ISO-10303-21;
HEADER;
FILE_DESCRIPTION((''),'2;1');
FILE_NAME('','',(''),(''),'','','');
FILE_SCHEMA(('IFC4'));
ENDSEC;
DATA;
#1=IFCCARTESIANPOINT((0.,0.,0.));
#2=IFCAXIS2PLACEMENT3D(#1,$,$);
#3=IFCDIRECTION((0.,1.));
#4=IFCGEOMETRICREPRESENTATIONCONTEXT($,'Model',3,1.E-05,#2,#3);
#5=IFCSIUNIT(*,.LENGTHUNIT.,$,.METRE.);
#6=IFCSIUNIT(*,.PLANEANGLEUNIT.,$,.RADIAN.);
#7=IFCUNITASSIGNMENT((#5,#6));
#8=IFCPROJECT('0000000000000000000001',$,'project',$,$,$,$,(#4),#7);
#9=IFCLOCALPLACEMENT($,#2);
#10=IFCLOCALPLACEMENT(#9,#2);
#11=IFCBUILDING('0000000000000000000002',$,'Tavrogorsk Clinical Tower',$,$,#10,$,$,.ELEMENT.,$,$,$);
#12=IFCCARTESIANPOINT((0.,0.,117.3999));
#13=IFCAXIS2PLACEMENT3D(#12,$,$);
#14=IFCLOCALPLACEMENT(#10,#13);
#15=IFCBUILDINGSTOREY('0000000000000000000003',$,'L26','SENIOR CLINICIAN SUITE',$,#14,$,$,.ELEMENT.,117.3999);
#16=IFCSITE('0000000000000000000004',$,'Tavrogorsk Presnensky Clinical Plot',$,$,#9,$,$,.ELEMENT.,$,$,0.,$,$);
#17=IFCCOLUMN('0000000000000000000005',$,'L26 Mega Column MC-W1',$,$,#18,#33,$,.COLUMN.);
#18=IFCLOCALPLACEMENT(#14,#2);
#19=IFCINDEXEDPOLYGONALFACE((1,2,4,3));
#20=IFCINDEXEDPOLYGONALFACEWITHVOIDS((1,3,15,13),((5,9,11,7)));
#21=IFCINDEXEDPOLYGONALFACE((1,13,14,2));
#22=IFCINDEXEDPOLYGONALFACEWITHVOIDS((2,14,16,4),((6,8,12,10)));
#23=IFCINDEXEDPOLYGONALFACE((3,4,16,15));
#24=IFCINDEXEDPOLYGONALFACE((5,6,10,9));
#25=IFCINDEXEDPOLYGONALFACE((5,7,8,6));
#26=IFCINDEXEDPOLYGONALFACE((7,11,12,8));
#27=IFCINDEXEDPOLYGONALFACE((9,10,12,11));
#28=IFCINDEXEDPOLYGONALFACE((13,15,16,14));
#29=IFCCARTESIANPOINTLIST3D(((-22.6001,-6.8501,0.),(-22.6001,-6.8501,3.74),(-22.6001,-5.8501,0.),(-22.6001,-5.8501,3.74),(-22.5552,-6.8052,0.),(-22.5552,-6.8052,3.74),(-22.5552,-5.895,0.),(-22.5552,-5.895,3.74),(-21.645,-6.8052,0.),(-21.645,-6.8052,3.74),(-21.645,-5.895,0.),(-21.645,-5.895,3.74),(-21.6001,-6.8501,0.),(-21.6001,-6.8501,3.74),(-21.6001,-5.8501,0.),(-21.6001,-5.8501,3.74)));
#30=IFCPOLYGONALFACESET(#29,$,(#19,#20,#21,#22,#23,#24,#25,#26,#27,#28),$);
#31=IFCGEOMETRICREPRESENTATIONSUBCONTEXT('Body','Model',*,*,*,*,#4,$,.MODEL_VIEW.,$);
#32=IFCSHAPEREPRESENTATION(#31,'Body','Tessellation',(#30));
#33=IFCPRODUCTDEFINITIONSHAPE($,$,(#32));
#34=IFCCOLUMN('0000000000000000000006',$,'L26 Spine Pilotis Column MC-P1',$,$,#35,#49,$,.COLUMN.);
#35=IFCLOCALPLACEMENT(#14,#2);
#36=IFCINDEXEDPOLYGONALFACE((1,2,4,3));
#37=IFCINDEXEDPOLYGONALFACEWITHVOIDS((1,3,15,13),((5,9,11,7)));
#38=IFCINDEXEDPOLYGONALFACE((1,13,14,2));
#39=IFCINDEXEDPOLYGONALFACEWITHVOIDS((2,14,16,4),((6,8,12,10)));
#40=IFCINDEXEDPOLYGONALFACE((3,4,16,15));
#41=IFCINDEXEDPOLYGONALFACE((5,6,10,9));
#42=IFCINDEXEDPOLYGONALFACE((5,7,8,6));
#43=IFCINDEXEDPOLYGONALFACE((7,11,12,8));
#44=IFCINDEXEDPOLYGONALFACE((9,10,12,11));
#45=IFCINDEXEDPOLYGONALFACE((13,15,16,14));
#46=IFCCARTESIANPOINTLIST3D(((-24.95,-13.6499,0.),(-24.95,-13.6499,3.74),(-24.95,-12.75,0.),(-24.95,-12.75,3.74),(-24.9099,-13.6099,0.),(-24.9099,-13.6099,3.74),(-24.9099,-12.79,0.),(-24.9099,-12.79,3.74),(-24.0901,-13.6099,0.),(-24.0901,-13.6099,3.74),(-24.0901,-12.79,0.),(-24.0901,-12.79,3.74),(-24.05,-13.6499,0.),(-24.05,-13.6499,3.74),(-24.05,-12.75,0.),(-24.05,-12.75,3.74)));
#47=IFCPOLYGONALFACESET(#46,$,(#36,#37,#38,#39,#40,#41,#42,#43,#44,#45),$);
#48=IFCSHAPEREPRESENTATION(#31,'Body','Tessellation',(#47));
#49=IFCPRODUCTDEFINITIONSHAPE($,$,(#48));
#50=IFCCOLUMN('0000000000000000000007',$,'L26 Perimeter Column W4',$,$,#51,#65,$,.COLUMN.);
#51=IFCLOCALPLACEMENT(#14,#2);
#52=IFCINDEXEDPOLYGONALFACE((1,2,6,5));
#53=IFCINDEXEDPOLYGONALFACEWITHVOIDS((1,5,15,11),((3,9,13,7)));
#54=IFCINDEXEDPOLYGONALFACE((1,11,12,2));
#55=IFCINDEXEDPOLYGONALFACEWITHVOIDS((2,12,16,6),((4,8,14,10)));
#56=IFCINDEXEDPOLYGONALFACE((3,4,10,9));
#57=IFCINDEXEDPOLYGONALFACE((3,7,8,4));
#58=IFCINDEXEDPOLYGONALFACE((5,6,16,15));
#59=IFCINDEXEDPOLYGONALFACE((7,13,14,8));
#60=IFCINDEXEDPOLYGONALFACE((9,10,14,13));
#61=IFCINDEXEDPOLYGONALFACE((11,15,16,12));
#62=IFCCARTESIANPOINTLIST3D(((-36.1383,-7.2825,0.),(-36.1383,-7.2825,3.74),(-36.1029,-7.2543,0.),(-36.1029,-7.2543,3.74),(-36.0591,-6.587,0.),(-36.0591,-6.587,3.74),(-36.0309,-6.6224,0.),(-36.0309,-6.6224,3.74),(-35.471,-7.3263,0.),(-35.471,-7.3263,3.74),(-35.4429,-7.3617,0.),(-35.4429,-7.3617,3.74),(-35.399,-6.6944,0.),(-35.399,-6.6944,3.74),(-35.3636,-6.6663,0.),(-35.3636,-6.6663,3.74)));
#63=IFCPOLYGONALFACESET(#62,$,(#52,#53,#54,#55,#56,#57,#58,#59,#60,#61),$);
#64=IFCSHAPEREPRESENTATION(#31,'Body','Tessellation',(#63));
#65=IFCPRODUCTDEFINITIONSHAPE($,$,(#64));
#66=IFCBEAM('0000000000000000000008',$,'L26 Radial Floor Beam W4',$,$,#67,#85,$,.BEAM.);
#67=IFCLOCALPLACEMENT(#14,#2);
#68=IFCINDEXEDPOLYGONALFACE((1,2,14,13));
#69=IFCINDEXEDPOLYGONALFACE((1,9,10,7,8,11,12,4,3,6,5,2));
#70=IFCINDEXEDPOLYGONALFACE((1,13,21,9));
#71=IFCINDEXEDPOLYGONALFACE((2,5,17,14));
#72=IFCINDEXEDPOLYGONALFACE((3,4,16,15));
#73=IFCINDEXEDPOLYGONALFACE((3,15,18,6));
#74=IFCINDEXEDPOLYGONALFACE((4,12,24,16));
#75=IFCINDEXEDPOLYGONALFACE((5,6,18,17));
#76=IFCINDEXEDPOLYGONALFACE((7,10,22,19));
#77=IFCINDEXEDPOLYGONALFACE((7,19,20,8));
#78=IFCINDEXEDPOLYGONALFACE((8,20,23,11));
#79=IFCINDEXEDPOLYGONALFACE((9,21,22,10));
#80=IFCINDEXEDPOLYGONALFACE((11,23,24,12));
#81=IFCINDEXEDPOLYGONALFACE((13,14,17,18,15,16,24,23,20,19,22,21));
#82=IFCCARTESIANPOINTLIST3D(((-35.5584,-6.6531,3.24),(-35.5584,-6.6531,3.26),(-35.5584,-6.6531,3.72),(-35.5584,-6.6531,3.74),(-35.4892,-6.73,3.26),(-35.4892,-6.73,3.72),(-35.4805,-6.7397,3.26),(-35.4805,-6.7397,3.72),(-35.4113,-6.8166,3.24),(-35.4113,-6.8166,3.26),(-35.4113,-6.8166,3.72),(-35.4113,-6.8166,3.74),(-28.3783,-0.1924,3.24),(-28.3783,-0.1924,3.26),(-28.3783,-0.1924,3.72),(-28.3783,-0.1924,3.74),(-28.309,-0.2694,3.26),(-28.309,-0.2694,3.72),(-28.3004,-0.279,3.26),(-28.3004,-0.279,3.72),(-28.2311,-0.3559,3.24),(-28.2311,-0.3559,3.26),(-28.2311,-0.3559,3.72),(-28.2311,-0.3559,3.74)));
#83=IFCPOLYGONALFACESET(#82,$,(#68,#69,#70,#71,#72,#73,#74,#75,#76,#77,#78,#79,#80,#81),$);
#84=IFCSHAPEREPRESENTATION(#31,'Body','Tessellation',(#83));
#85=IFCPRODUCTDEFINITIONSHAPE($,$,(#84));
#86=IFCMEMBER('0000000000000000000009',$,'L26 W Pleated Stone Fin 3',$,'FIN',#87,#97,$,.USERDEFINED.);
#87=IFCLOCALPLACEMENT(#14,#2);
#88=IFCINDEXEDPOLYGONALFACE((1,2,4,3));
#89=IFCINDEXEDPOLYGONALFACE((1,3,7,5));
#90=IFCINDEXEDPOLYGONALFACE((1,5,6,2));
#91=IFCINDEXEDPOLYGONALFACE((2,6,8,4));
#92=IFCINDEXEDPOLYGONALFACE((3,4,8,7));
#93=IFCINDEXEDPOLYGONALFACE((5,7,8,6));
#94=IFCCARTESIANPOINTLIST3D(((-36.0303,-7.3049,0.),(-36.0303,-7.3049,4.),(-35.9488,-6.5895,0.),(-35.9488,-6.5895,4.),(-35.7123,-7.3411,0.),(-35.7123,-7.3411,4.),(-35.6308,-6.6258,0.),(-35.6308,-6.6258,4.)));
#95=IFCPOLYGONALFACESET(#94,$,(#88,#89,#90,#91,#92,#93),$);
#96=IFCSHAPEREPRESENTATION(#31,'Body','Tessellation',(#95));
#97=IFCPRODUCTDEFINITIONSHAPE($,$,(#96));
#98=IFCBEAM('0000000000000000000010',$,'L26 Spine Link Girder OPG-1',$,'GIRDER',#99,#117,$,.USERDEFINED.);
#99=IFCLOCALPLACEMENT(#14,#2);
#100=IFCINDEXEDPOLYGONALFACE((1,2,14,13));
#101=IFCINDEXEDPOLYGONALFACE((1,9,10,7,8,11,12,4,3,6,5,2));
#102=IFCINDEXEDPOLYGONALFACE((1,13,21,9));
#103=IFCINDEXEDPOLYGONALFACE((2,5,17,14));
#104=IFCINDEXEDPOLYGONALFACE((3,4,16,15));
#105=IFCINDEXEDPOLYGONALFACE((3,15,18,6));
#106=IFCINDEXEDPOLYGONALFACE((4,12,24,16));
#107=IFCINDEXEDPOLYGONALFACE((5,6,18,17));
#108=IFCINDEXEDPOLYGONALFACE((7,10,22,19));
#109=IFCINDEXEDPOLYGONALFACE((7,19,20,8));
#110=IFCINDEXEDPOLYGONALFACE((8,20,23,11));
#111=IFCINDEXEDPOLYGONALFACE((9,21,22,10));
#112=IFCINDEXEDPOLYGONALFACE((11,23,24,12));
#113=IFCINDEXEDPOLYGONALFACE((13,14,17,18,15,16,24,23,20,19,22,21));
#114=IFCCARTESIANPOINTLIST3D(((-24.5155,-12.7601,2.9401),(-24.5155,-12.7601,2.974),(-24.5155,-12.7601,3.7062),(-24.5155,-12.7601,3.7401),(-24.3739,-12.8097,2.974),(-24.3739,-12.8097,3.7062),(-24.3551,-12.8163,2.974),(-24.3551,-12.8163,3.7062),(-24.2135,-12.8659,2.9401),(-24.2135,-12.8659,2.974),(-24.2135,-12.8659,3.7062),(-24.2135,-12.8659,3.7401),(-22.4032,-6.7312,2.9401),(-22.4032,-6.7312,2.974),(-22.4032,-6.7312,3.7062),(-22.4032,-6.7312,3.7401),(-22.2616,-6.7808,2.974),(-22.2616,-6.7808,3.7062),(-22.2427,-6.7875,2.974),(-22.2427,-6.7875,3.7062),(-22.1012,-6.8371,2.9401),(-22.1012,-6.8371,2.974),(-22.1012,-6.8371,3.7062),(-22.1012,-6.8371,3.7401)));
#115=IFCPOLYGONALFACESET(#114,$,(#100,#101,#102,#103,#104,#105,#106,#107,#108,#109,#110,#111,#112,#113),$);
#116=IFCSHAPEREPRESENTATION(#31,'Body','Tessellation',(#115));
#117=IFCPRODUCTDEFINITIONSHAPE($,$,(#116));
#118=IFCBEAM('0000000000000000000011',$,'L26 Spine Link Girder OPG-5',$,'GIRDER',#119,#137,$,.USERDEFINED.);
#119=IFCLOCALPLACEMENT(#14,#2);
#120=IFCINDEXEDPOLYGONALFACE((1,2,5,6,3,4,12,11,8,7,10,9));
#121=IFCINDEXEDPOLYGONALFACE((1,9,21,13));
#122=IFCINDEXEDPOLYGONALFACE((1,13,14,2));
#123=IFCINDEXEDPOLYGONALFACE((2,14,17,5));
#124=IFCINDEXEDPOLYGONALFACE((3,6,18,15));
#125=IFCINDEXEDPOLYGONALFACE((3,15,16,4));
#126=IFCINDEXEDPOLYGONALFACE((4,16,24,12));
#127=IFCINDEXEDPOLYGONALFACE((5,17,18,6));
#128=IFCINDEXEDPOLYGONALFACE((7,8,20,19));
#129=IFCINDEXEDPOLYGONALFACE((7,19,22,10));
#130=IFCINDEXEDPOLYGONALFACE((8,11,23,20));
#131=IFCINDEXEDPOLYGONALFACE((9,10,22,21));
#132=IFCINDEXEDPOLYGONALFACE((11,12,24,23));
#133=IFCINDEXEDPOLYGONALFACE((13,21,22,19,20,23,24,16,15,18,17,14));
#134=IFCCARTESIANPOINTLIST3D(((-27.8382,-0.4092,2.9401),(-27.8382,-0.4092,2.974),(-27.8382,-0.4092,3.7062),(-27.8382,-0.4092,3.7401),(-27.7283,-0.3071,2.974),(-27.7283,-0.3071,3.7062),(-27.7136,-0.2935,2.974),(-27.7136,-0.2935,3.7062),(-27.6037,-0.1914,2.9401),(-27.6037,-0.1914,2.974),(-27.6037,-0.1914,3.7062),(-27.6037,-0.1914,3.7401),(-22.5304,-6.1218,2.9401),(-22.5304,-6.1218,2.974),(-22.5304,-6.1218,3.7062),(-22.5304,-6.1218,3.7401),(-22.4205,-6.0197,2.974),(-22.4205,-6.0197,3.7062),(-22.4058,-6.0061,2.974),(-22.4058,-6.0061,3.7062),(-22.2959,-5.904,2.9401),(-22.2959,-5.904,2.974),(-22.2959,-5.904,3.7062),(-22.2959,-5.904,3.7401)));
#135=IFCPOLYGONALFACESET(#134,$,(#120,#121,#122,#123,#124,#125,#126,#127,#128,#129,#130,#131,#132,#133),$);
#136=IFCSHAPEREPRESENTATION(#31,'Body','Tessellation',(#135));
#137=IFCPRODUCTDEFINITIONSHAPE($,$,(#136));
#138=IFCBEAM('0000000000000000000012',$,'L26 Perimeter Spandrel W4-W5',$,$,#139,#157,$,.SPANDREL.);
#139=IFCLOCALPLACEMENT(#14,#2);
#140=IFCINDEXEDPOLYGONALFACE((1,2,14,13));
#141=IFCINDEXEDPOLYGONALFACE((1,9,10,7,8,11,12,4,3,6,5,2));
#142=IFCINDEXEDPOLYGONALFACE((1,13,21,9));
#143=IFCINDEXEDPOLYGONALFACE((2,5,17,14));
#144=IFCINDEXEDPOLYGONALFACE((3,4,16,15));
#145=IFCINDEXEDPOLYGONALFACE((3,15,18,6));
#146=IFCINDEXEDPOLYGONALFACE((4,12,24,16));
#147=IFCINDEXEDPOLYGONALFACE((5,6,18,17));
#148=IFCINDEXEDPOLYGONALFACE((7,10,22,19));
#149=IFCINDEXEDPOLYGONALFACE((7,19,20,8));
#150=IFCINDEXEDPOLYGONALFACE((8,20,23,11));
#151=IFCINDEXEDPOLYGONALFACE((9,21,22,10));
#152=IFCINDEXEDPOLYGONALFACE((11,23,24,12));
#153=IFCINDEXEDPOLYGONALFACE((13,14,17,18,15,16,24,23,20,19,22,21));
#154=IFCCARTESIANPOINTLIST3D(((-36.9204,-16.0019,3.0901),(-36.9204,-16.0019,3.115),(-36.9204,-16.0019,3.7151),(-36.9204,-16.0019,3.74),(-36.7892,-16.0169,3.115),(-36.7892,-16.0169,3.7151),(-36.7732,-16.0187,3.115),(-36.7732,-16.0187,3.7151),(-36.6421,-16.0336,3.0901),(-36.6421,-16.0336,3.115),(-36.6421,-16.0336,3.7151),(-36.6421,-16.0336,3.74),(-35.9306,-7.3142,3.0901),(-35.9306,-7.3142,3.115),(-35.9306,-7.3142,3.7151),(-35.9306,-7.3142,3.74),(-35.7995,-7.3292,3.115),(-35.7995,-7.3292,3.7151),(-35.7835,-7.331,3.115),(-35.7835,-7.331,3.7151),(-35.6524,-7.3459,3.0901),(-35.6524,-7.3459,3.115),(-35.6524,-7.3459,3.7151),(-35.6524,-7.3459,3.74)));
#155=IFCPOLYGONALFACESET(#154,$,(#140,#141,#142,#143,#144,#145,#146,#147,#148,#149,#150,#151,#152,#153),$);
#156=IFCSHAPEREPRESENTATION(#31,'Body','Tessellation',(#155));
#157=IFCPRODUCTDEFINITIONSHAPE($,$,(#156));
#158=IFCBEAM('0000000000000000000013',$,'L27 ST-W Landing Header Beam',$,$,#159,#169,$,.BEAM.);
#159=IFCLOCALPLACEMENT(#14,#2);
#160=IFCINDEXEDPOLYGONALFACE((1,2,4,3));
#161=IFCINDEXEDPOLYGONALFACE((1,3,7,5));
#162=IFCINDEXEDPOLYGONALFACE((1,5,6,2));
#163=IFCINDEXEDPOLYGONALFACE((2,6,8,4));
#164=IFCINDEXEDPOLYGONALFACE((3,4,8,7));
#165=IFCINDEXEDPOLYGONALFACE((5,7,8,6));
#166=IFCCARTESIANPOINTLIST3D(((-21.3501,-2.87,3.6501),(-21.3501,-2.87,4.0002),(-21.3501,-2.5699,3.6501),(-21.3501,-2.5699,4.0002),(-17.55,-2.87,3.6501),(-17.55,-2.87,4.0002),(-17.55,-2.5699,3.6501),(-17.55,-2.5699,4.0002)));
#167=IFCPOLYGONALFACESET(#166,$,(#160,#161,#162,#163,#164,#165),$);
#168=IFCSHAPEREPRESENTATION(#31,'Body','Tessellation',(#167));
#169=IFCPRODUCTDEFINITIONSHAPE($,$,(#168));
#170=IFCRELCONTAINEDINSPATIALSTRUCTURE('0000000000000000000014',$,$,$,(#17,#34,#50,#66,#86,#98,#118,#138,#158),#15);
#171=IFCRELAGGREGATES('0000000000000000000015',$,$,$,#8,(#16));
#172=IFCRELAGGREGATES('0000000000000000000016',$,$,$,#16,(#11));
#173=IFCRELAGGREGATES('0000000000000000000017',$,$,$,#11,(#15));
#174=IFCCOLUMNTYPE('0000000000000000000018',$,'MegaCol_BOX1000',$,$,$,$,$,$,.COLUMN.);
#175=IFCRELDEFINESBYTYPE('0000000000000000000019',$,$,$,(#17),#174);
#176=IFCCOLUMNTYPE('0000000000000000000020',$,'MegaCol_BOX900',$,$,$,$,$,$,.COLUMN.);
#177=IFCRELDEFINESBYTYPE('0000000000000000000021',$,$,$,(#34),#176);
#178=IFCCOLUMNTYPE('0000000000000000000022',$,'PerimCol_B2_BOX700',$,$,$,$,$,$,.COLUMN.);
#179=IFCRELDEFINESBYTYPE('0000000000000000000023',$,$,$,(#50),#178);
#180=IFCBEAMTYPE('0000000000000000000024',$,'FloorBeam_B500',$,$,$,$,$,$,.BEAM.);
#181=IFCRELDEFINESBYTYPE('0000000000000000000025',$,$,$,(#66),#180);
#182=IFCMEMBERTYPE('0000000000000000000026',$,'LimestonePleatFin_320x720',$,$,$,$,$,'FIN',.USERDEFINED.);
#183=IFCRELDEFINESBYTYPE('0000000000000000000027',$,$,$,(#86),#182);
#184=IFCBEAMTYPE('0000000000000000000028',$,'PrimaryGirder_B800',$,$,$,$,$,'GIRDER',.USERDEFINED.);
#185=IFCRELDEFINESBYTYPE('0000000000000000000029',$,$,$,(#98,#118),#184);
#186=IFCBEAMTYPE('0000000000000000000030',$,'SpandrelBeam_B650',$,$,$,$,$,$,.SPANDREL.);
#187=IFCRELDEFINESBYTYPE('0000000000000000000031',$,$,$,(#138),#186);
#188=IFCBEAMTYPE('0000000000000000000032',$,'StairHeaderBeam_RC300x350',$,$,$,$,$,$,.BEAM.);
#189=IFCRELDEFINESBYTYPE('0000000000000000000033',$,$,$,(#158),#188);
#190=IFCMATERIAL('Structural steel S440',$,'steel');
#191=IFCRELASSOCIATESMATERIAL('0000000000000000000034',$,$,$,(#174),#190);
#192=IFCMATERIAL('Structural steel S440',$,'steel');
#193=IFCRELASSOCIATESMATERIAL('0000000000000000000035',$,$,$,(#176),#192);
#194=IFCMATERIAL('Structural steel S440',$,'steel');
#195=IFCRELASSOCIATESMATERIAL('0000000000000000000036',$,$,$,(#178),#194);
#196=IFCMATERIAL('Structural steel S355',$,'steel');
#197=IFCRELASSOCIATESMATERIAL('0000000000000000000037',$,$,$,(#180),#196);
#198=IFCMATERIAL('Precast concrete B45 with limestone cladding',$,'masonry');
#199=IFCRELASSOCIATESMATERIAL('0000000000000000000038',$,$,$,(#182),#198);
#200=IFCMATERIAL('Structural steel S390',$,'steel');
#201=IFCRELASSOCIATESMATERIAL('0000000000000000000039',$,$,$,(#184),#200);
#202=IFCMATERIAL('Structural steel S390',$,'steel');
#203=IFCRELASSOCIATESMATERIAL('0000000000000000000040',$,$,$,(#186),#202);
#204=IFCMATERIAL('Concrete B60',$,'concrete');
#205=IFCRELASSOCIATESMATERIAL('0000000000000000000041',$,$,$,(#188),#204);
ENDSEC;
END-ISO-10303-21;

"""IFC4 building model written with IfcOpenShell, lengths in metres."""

from ifc_helpers import new_model, si_unit, direction, frame, origin, origin_2d, place, context, subcontext, project, spatial, rectangle, hollow_rectangle, i_section, extrude, material, material_profile, profile_set, type_object, element, save


model = new_model("IFC4")

# Units and contexts
model_context = context("Model", 3, precision=1e-05, world=origin(), true_north=direction((0.0, 1.0)))
body_context = subcontext(model_context, "Body", "Model", "MODEL_VIEW")
ifc_project = project(units=[si_unit("LENGTHUNIT", "METRE"), si_unit("PLANEANGLEUNIT", "RADIAN")], contexts=[model_context])

# Site, building, storey
site_placement = place(None, origin())
site = spatial("IfcSite", under=ifc_project, at=site_placement, Name="Tavrogorsk Presnensky Clinical Plot", CompositionType="ELEMENT", RefElevation=0.0)
building_placement = place(site_placement, origin())
building = spatial("IfcBuilding", under=site, at=building_placement, Name="Tavrogorsk Clinical Tower", CompositionType="ELEMENT")
storey_placement = place(building_placement, frame((0.0, 0.0, 117.3999)))
storey = spatial("IfcBuildingStorey", under=building, at=storey_placement, Name="L26", Description="SENIOR CLINICIAN SUITE", CompositionType="ELEMENT", Elevation=117.3999)

# Columns
ifc_material_1 = material(Name="Structural steel S440", Category="steel")
ifc_material_profile_1 = material_profile(ifc_material_1, hollow_rectangle(XDim=1.0, YDim=1.0, WallThickness=0.0449, at=origin_2d()), Name="BOX-1000x1000x45")
ifc_profile_set_1 = profile_set([ifc_material_profile_1], Name="Structural steel S440")
column_type_1 = type_object("IfcColumnType", Name="MegaCol_BOX1000", PredefinedType="COLUMN", material=ifc_profile_set_1)
column_1_placement = place(storey_placement, frame((-22.1001, -6.3501, 0.0), z_axis=(0.0, 0.0, 1.0), x_axis=(1.0, 0.0, 0.0)))
element("IfcColumn", 1, at=column_1_placement, inside=storey, type_object=column_type_1, Name="L26 Mega Column MC-W1", PredefinedType="COLUMN", context=body_context, shape_type="SweptSolid", body=[
    extrude(hollow_rectangle(XDim=1.0, YDim=1.0, WallThickness=0.0449, at=origin_2d()), origin(), (0.0, 0.0, 1.0), 3.74),
])
ifc_material_2 = material(Name="Structural steel S440", Category="steel")
ifc_material_profile_2 = material_profile(ifc_material_2, hollow_rectangle(XDim=0.8999, YDim=0.8999, WallThickness=0.04, at=origin_2d()), Name="BOX-900x900x40")
ifc_profile_set_2 = profile_set([ifc_material_profile_2], Name="Structural steel S440")
column_type_2 = type_object("IfcColumnType", Name="MegaCol_BOX900", PredefinedType="COLUMN", material=ifc_profile_set_2)
column_2_placement = place(storey_placement, frame((-24.5, -13.2, 0.0), z_axis=(0.0, 0.0, 1.0), x_axis=(1.0, 0.0, 0.0)))
element("IfcColumn", 2, at=column_2_placement, inside=storey, type_object=column_type_2, Name="L26 Spine Pilotis Column MC-P1", PredefinedType="COLUMN", context=body_context, shape_type="SweptSolid", body=[
    extrude(hollow_rectangle(XDim=0.8999, YDim=0.8999, WallThickness=0.04, at=origin_2d()), origin(), (0.0, 0.0, 1.0), 3.74),
])
ifc_material_3 = material(Name="Structural steel S440", Category="steel")
ifc_material_profile_3 = material_profile(ifc_material_3, hollow_rectangle(XDim=0.7, YDim=0.7, WallThickness=0.032, at=origin_2d()), Name="BOX-700x700x32")
ifc_profile_set_3 = profile_set([ifc_material_profile_3], Name="Structural steel S440")
column_type_3 = type_object("IfcColumnType", Name="PerimCol_B2_BOX700", PredefinedType="COLUMN", material=ifc_profile_set_3)
column_3_placement = place(storey_placement, frame((-35.751, -6.9744, 0.0), z_axis=(0.0, 0.0, 1.0), x_axis=(0.993572, -0.113203, 0.0)))
element("IfcColumn", 3, at=column_3_placement, inside=storey, type_object=column_type_3, Name="L26 Perimeter Column W4", PredefinedType="COLUMN", context=body_context, shape_type="SweptSolid", body=[
    extrude(hollow_rectangle(XDim=0.7, YDim=0.7, WallThickness=0.032, at=origin_2d()), origin(), (0.0, 0.0, 1.0), 3.74),
])

# Beam
ifc_material_4 = material(Name="Structural steel S355", Category="steel")
ifc_material_profile_4 = material_profile(ifc_material_4, i_section(OverallWidth=0.22, OverallDepth=0.5, WebThickness=0.0129, FlangeThickness=0.02, at=origin_2d()), Name="B-500x220x13x20")
ifc_profile_set_4 = profile_set([ifc_material_profile_4], Name="Structural steel S355")
beam_type_1 = type_object("IfcBeamType", Name="FloorBeam_B500", PredefinedType="BEAM", material=ifc_profile_set_4)
beam_1_placement = place(storey_placement, frame((-28.3047, -0.2742, 3.49), z_axis=(-0.74337, -0.668881, 0.0), x_axis=(0.668881, -0.74337, 0.0)))
element("IfcBeam", 4, at=beam_1_placement, inside=storey, type_object=beam_type_1, Name="L26 Radial Floor Beam W4", PredefinedType="BEAM", context=body_context, shape_type="SweptSolid", body=[
    extrude(i_section(OverallWidth=0.22, OverallDepth=0.5, WebThickness=0.0129, FlangeThickness=0.02, at=origin_2d()), origin(), (0.0, 0.0, 1.0), 9.6589),
])

# Member
ifc_material_5 = material(Name="Precast concrete B45 with limestone cladding", Category="masonry")
ifc_material_profile_5 = material_profile(ifc_material_5, rectangle(XDim=0.3201, YDim=0.72, at=origin_2d()), Name="LIMESTONE-FIN-320x720")
ifc_profile_set_5 = profile_set([ifc_material_profile_5], Name="Precast concrete B45 with limestone cladding")
member_type = type_object("IfcMemberType", Name="LimestonePleatFin_320x720", ElementType="FIN", PredefinedType="USERDEFINED", material=ifc_profile_set_5)
member_placement = place(storey_placement, frame((-35.8306, -6.9653, 0.0), z_axis=(0.0, 0.0, 1.0), x_axis=(0.993572, -0.113203, 0.0)))
element("IfcMember", 5, at=member_placement, inside=storey, type_object=member_type, Name="L26 W Pleated Stone Fin 3", ObjectType="FIN", PredefinedType="USERDEFINED", context=body_context, shape_type="SweptSolid", body=[
    extrude(rectangle(XDim=0.3201, YDim=0.72, at=origin_2d()), origin(), (0.0, 0.0, 1.0), 4.0),
])

# Beams
ifc_material_6 = material(Name="Structural steel S390", Category="steel")
ifc_material_profile_6 = material_profile(ifc_material_6, i_section(OverallWidth=0.3201, OverallDepth=0.8, WebThickness=0.02, FlangeThickness=0.0339, at=origin_2d()), Name="B-800x320x20x34")
ifc_profile_set_6 = profile_set([ifc_material_profile_6], Name="Structural steel S390")
beam_type_2 = type_object("IfcBeamType", Name="PrimaryGirder_B800", ElementType="GIRDER", PredefinedType="USERDEFINED", material=ifc_profile_set_6)
beam_2_placement = place(storey_placement, frame((-24.3645, -12.813, 3.3401), z_axis=(0.33066, 0.94375, 0.0), x_axis=(-0.94375, 0.33066, 0.0)))
element("IfcBeam", 6, at=beam_2_placement, inside=storey, type_object=beam_type_2, Name="L26 Spine Link Girder OPG-1", ObjectType="GIRDER", PredefinedType="USERDEFINED", context=body_context, shape_type="SweptSolid", body=[
    extrude(i_section(OverallWidth=0.3201, OverallDepth=0.8, WebThickness=0.02, FlangeThickness=0.0339, at=origin_2d()), origin(), (0.0, 0.0, 1.0), 6.3882),
])
beam_3_placement = place(storey_placement, frame((-27.7209, -0.3003, 3.3401), z_axis=(0.680676, -0.732585, 0.0), x_axis=(0.732585, 0.680676, 0.0)))
element("IfcBeam", 7, at=beam_3_placement, inside=storey, type_object=beam_type_2, Name="L26 Spine Link Girder OPG-5", ObjectType="GIRDER", PredefinedType="USERDEFINED", context=body_context, shape_type="SweptSolid", body=[
    extrude(i_section(OverallWidth=0.3201, OverallDepth=0.8, WebThickness=0.02, FlangeThickness=0.0339, at=origin_2d()), origin(), (0.0, 0.0, 1.0), 7.7979),
])
ifc_material_7 = material(Name="Structural steel S390", Category="steel")
ifc_material_profile_7 = material_profile(ifc_material_7, i_section(OverallWidth=0.28, OverallDepth=0.6499, WebThickness=0.0161, FlangeThickness=0.0249, at=origin_2d()), Name="B-650x280x16x25")
ifc_profile_set_7 = profile_set([ifc_material_profile_7], Name="Structural steel S390")
beam_type_3 = type_object("IfcBeamType", Name="SpandrelBeam_B650", PredefinedType="SPANDREL", material=ifc_profile_set_7)
beam_4_placement = place(storey_placement, frame((-35.7915, -7.3301, 3.415), z_axis=(-0.113192, -0.993573, 0.0), x_axis=(0.993573, -0.113192, 0.0)))
element("IfcBeam", 8, at=beam_4_placement, inside=storey, type_object=beam_type_3, Name="L26 Perimeter Spandrel W4-W5", PredefinedType="SPANDREL", context=body_context, shape_type="SweptSolid", body=[
    extrude(i_section(OverallWidth=0.28, OverallDepth=0.6499, WebThickness=0.0161, FlangeThickness=0.0249, at=origin_2d()), origin(), (0.0, 0.0, 1.0), 8.7439),
])
ifc_material_8 = material(Name="Concrete B60", Category="concrete")
ifc_material_profile_8 = material_profile(ifc_material_8, rectangle(XDim=0.3, YDim=0.3501, at=origin_2d()), Name="RC-SHB-300x350")
ifc_profile_set_8 = profile_set([ifc_material_profile_8], Name="Concrete B60")
beam_type_4 = type_object("IfcBeamType", Name="StairHeaderBeam_RC300x350", PredefinedType="BEAM", material=ifc_profile_set_8)
beam_5_placement = place(storey_placement, frame((-21.3501, -2.72, 3.8252), z_axis=(1.0, 0.0, 0.0), x_axis=(0.0, 1.0, 0.0)))
element("IfcBeam", 9, at=beam_5_placement, inside=storey, type_object=beam_type_4, Name="L27 ST-W Landing Header Beam", PredefinedType="BEAM", context=body_context, shape_type="SweptSolid", body=[
    extrude(rectangle(XDim=0.3, YDim=0.3501, at=origin_2d()), origin(), (0.0, 0.0, 1.0), 3.8),
])

save(model, "model.ifc")
